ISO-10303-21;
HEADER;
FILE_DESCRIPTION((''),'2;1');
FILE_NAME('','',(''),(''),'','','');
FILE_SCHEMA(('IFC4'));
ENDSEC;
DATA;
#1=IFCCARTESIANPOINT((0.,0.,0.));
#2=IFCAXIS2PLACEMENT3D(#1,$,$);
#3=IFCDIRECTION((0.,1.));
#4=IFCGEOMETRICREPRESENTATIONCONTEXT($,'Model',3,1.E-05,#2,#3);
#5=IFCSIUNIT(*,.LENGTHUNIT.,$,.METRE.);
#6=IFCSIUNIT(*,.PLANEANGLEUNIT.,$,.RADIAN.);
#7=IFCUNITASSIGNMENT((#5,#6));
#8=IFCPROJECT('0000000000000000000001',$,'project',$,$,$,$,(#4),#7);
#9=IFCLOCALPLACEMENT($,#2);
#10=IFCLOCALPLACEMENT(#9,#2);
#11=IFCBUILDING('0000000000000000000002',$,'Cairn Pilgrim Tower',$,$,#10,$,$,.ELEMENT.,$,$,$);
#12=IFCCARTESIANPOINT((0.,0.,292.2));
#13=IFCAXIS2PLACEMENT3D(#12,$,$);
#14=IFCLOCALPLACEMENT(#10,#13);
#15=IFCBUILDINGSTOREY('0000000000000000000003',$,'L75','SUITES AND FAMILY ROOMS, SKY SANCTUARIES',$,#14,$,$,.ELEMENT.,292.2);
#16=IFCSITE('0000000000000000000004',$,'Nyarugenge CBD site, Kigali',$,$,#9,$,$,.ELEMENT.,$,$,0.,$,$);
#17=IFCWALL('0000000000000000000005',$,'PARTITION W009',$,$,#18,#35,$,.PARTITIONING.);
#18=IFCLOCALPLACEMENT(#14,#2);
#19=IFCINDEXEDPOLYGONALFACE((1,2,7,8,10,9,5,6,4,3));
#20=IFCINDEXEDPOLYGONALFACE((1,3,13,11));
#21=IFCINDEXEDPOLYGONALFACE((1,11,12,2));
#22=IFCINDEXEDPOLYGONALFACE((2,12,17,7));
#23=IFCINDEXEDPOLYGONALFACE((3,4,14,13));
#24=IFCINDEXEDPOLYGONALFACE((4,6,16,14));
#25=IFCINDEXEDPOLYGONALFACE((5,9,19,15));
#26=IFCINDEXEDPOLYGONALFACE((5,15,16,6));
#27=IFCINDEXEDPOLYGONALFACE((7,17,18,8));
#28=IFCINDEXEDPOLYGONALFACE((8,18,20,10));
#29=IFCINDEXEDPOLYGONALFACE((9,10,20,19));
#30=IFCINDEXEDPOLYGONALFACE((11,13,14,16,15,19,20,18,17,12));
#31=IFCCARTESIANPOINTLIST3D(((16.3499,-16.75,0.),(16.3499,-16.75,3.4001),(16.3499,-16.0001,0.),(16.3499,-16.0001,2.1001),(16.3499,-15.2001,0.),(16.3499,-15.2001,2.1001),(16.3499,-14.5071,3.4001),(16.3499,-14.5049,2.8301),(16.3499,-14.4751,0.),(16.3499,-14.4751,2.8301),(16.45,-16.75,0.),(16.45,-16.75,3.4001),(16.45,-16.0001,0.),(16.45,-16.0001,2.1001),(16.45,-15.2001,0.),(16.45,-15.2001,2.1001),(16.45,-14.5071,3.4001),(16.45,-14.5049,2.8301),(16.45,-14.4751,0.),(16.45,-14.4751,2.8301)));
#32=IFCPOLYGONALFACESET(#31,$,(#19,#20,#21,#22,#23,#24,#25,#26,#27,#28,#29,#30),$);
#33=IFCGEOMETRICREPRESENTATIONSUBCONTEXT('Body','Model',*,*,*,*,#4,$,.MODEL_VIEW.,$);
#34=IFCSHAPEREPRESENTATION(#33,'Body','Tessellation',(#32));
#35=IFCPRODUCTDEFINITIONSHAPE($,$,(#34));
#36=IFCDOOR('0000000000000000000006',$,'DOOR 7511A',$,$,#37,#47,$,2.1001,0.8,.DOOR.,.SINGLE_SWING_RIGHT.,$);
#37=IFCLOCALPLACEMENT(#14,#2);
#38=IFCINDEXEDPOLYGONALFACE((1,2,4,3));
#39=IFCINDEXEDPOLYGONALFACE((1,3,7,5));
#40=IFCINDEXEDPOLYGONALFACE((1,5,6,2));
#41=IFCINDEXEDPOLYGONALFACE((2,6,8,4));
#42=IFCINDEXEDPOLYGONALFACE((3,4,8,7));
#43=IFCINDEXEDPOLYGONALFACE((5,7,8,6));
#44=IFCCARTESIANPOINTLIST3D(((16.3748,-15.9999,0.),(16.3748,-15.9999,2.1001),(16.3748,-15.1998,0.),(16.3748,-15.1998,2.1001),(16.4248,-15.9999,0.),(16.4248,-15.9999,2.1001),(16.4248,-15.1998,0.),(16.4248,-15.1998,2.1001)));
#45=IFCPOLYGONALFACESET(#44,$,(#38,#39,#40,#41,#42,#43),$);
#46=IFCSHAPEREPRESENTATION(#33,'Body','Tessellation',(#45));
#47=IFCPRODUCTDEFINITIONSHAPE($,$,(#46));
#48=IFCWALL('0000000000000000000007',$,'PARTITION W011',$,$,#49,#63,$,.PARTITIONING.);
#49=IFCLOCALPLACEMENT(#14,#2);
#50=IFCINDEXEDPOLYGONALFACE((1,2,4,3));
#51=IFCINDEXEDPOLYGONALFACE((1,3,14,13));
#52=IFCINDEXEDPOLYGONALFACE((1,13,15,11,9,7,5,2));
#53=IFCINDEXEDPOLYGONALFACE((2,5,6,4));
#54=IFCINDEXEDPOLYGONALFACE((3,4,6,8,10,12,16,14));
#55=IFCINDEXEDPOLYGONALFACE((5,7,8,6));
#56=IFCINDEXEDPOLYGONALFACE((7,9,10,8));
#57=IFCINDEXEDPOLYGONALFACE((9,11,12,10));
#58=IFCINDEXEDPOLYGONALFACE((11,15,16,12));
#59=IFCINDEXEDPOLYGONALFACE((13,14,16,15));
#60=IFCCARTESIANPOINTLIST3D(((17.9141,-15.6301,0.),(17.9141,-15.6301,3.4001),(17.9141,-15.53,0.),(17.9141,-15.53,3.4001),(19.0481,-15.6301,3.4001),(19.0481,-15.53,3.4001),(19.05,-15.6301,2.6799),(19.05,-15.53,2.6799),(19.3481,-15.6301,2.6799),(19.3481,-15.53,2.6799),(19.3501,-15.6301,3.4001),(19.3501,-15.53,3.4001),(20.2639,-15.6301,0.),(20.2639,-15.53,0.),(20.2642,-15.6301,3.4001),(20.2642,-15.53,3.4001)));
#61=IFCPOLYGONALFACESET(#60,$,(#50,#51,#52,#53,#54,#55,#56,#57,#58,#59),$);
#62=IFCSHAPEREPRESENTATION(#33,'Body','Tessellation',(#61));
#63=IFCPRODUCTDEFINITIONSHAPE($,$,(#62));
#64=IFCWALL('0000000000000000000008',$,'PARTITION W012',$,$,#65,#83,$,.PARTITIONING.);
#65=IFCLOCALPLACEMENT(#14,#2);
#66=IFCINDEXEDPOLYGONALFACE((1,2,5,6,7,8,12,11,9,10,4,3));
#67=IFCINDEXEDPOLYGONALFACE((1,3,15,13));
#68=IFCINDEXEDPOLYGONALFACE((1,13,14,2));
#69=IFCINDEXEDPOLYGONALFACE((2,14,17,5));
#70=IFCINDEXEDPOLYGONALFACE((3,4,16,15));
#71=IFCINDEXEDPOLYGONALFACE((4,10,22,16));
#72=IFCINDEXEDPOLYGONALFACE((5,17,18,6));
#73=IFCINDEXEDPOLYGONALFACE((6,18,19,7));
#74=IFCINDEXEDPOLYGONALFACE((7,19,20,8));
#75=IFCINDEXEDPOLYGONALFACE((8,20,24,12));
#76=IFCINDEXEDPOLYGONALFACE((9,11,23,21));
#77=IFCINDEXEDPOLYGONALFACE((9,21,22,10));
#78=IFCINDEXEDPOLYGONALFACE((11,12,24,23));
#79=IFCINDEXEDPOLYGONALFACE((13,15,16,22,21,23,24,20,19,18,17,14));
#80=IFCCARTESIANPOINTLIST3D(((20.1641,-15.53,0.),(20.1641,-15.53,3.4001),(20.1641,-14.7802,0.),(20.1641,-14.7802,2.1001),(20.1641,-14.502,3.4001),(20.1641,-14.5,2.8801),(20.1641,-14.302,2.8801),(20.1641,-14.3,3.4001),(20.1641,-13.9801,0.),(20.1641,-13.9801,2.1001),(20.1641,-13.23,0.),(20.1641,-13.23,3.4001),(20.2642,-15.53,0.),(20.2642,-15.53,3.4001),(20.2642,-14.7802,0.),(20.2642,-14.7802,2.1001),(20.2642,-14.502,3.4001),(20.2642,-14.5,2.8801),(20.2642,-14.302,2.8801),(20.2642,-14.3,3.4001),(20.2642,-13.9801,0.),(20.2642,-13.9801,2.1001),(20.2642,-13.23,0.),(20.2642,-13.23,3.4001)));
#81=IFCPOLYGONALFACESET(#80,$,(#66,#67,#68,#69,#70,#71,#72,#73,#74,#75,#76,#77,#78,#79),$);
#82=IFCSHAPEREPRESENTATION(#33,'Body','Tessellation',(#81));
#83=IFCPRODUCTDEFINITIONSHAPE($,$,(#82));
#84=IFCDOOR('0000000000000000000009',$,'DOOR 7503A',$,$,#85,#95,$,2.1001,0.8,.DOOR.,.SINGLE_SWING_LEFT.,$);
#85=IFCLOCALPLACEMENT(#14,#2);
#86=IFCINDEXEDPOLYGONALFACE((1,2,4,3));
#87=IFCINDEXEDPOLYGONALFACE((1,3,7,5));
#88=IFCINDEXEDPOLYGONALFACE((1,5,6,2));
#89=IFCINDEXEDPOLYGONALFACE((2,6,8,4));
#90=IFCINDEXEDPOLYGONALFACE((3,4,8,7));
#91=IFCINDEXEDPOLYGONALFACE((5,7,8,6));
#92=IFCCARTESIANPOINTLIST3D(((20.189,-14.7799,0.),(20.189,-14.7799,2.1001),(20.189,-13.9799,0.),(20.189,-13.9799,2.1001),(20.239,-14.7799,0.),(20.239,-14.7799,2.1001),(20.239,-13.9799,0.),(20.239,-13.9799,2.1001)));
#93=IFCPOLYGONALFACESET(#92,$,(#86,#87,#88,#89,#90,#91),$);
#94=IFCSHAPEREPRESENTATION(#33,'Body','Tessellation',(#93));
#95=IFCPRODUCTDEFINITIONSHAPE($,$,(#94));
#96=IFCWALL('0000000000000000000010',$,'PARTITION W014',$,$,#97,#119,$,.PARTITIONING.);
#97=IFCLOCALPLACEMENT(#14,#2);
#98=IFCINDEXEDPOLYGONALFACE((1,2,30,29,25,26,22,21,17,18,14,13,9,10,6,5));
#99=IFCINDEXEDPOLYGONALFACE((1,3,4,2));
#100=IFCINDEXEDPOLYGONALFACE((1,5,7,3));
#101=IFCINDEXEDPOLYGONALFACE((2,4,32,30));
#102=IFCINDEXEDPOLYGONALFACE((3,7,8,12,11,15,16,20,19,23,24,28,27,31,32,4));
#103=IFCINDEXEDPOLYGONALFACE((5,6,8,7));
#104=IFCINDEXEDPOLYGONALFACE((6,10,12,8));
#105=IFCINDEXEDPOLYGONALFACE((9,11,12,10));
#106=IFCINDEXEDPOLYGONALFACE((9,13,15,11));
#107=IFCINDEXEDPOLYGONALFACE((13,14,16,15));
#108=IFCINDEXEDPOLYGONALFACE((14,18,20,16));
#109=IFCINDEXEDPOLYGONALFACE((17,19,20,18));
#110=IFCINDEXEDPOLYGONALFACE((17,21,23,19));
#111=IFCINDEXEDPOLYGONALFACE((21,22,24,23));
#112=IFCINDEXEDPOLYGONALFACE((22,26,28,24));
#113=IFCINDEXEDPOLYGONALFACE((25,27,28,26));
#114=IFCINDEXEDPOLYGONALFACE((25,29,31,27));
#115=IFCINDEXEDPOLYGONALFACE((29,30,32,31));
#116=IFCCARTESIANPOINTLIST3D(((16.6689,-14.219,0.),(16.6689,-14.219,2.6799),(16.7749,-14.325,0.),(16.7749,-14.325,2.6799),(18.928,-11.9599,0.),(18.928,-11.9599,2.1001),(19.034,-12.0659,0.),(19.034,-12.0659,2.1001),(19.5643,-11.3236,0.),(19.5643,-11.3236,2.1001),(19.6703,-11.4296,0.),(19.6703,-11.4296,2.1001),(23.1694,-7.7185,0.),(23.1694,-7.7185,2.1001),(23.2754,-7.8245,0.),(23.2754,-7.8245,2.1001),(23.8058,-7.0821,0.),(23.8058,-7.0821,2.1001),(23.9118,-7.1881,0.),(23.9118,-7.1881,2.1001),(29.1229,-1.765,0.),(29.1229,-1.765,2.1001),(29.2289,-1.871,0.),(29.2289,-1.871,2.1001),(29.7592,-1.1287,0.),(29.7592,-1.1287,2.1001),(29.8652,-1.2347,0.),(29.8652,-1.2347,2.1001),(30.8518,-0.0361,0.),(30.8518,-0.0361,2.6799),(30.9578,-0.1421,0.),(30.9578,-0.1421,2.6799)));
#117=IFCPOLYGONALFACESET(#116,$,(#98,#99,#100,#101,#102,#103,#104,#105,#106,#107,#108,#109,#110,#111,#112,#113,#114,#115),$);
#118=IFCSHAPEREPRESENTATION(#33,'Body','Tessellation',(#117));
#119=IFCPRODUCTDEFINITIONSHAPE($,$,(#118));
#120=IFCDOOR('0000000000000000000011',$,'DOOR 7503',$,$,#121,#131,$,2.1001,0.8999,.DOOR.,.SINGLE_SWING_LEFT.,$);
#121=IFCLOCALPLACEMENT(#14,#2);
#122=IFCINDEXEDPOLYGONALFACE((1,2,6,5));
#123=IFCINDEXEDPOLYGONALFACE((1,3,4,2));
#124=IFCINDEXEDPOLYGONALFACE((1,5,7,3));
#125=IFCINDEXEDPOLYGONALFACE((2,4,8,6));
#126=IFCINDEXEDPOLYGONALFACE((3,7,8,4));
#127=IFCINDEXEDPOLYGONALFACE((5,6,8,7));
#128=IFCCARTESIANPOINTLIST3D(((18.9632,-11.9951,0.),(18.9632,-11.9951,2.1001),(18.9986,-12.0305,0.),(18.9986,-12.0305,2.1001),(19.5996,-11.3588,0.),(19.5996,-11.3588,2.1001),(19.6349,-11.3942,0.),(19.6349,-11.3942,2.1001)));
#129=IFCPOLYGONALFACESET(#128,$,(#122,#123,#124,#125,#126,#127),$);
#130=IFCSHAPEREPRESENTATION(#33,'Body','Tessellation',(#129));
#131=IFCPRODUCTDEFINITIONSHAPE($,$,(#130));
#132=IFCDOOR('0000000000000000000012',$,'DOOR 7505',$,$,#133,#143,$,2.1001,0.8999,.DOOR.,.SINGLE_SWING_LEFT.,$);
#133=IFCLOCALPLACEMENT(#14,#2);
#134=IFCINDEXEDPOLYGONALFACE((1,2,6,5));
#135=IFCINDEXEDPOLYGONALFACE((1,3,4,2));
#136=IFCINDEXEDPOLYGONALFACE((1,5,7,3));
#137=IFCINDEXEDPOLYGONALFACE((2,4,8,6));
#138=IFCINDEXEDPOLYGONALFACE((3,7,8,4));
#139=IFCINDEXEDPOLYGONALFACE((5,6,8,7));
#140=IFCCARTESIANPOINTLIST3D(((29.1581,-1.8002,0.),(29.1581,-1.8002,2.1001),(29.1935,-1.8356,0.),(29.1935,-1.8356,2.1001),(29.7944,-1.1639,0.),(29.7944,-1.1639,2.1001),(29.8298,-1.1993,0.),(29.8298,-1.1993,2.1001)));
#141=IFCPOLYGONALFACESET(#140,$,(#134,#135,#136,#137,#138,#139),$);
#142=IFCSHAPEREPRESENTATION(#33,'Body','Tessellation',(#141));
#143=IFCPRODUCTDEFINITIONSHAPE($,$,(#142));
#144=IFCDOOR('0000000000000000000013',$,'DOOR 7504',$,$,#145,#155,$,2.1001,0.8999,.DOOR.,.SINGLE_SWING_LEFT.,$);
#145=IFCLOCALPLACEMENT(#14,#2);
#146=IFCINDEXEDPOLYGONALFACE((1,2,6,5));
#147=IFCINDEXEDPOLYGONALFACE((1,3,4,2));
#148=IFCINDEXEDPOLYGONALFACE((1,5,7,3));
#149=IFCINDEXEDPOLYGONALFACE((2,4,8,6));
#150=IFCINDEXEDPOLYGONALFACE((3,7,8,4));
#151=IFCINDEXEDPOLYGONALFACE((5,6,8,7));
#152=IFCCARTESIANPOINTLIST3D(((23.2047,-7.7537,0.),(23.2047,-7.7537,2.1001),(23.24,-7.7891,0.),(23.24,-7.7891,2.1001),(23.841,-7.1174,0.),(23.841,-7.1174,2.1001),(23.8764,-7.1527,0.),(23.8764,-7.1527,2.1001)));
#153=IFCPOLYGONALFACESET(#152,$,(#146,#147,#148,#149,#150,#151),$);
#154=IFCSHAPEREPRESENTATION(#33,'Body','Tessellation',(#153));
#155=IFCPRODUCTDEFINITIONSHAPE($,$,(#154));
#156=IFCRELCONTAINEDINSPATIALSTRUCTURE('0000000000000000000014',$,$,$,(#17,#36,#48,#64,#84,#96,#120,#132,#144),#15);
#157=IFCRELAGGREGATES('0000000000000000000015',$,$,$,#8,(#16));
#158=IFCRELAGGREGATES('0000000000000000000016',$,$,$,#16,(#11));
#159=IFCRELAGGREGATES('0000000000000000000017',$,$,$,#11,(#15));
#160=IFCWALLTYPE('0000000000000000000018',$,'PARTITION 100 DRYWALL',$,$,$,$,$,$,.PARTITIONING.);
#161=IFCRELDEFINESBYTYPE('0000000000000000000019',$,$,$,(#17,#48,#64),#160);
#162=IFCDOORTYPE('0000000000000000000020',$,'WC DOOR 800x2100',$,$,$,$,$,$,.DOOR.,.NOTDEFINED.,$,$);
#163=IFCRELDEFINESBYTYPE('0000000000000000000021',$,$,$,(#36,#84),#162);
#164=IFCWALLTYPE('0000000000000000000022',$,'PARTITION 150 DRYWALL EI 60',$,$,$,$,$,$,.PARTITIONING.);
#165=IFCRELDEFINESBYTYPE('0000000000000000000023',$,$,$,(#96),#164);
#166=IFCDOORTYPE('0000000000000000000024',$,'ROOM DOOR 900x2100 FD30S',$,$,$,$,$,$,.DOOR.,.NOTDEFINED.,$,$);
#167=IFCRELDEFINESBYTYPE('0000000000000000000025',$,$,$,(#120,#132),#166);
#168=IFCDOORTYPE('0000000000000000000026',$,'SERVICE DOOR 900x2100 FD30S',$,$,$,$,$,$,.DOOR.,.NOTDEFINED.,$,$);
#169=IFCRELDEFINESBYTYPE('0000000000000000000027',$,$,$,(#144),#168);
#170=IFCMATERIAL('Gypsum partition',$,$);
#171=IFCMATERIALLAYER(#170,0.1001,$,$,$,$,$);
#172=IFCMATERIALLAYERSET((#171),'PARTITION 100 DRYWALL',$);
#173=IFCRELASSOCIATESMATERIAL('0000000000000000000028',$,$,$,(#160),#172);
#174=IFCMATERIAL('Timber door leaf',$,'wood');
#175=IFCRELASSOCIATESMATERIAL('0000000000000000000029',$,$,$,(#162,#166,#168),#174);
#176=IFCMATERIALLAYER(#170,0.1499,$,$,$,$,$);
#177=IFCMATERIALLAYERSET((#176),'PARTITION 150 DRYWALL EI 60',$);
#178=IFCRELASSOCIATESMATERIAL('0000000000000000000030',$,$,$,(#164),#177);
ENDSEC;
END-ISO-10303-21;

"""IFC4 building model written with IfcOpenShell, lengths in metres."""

from ifc_helpers import new_model, si_unit, direction, frame, frame_2d, origin, place, context, subcontext, project, spatial, polyline, rectangle, outline, extrude, material, layer, layer_set, type_object, element, fill, save


model = new_model("IFC4")

# Units and contexts
model_context = context("Model", 3, precision=1e-05, world=origin(), true_north=direction((0.0, 1.0)))
body_context = subcontext(model_context, "Body", "Model", "MODEL_VIEW")
ifc_project = project(units=[si_unit("LENGTHUNIT", "METRE"), si_unit("PLANEANGLEUNIT", "RADIAN")], contexts=[model_context])

# Site, building, storey
site_placement = place(None, origin())
site = spatial("IfcSite", under=ifc_project, at=site_placement, Name="Nyarugenge CBD site, Kigali", CompositionType="ELEMENT", RefElevation=0.0)
building_placement = place(site_placement, origin())
building = spatial("IfcBuilding", under=site, at=building_placement, Name="Cairn Pilgrim Tower", CompositionType="ELEMENT")
storey_placement = place(building_placement, frame((0.0, 0.0, 292.2)))
storey = spatial("IfcBuildingStorey", under=building, at=storey_placement, Name="L75", Description="SUITES AND FAMILY ROOMS, SKY SANCTUARIES", CompositionType="ELEMENT", Elevation=292.2)

# Shared definitions
ifc_material_1 = material(Name="Gypsum partition")
ifc_layer_1 = layer(ifc_material_1, 0.1001)
ifc_layer_set_1 = layer_set([ifc_layer_1], Name="PARTITION 100 DRYWALL")
wall_type_1 = type_object("IfcWallType", Name="PARTITION 100 DRYWALL", PredefinedType="PARTITIONING", material=ifc_layer_set_1)

# Shared definitions
ifc_material_2 = material(Name="Timber door leaf", Category="wood")

# Wall, opening, door
wall_1_placement = place(storey_placement, frame((16.3999, -16.75, 0.0), z_axis=(0.0, 0.0, 1.0), x_axis=(0.0, 1.0, 0.0)))
wall_1 = element("IfcWall", 1, at=wall_1_placement, inside=storey, type_object=wall_type_1, Name="PARTITION W009", PredefinedType="PARTITIONING", context=body_context, shape_type="SweptSolid", body=[
    extrude(outline(polyline([(0.0, 0.0), (2.2749, 0.0), (2.2749, 2.8301), (2.2451, 2.8301), (2.2429, 3.4001), (0.0, 3.4001), (0.0, 0.0)])), frame((0.0, 0.05, 0.0), z_axis=(0.0, -1.0, 0.0), x_axis=(1.0, 0.0, 0.0)), (0.0, 0.0, 1.0), 0.1001),
])
opening_1_placement = place(wall_1_placement, frame((0.75, 0.0, 0.0)))
opening_1 = element("IfcOpeningElement", 2, at=opening_1_placement, cuts=wall_1, PredefinedType="OPENING", context=body_context, shape_type="SweptSolid", body=[
    extrude(rectangle(XDim=0.8, YDim=2.1001, at=frame_2d((0.3999, 1.05))), frame((0.0, 0.0601, 0.0), z_axis=(0.0, -1.0, 0.0), x_axis=(1.0, 0.0, 0.0)), (0.0, 0.0, 1.0), 0.1201),
])
door_type_1 = type_object("IfcDoorType", Name="WC DOOR 800x2100", OperationType="NOTDEFINED", PredefinedType="DOOR", material=ifc_material_2)
door_1_placement = place(opening_1_placement, frame((0.8, 0.0, 0.0), z_axis=(0.0, 0.0, 1.0), x_axis=(-1.0, 0.0, 0.0)))
door_1 = element("IfcDoor", 3, at=door_1_placement, inside=storey, type_object=door_type_1, Name="DOOR 7511A", OperationType="SINGLE_SWING_RIGHT", OverallHeight=2.1001, OverallWidth=0.8, PredefinedType="DOOR", context=body_context, shape_type="SweptSolid", body=[
    extrude(rectangle(XDim=0.8, YDim=2.1001, at=frame_2d((0.3999, 1.05))), frame((0.0, 0.0249, 0.0), z_axis=(0.0, -1.0, 0.0), x_axis=(1.0, 0.0, 0.0)), (0.0, 0.0, 1.0), 0.05),
])
fill(opening_1, door_1)

# Wall
wall_2_placement = place(storey_placement, frame((17.9141, -15.5801, 0.0), z_axis=(0.0, 0.0, 1.0), x_axis=(1.0, 0.0, 0.0)))
element("IfcWall", 4, at=wall_2_placement, inside=storey, type_object=wall_type_1, Name="PARTITION W011", PredefinedType="PARTITIONING", context=body_context, shape_type="SweptSolid", body=[
    extrude(outline(polyline([(0.0, 0.0), (2.3499, 0.0), (2.3501, 3.4001), (1.436, 3.4001), (1.4341, 2.6799), (1.136, 2.6799), (1.134, 3.4001), (0.0, 3.4001), (0.0, 0.0)])), frame((0.0, 0.05, 0.0), z_axis=(0.0, -1.0, 0.0), x_axis=(1.0, 0.0, 0.0)), (0.0, 0.0, 1.0), 0.1001),
])

# Wall, opening, door
wall_3_placement = place(storey_placement, frame((20.2141, -15.53, 0.0), z_axis=(0.0, 0.0, 1.0), x_axis=(0.0, 1.0, 0.0)))
wall_3 = element("IfcWall", 5, at=wall_3_placement, inside=storey, type_object=wall_type_1, Name="PARTITION W012", PredefinedType="PARTITIONING", context=body_context, shape_type="SweptSolid", body=[
    extrude(outline(polyline([(0.0, 0.0), (2.3, 0.0), (2.3, 3.4001), (1.23, 3.4001), (1.228, 2.8801), (1.03, 2.8801), (1.0281, 3.4001), (0.0, 3.4001), (0.0, 0.0)])), frame((0.0, 0.05, 0.0), z_axis=(0.0, -1.0, 0.0), x_axis=(1.0, 0.0, 0.0)), (0.0, 0.0, 1.0), 0.1001),
])
opening_2_placement = place(wall_3_placement, frame((0.75, 0.0, 0.0)))
opening_2 = element("IfcOpeningElement", 6, at=opening_2_placement, cuts=wall_3, PredefinedType="OPENING", context=body_context, shape_type="SweptSolid", body=[
    extrude(rectangle(XDim=0.8, YDim=2.1001, at=frame_2d((0.3999, 1.05))), frame((0.0, 0.0601, 0.0), z_axis=(0.0, -1.0, 0.0), x_axis=(1.0, 0.0, 0.0)), (0.0, 0.0, 1.0), 0.1201),
])
door_2_placement = place(opening_2_placement, frame((0.8, 0.0, 0.0), z_axis=(0.0, 0.0, 1.0), x_axis=(-1.0, 0.0, 0.0)))
door_2 = element("IfcDoor", 7, at=door_2_placement, inside=storey, type_object=door_type_1, Name="DOOR 7503A", OperationType="SINGLE_SWING_LEFT", OverallHeight=2.1001, OverallWidth=0.8, PredefinedType="DOOR", context=body_context, shape_type="SweptSolid", body=[
    extrude(rectangle(XDim=0.8, YDim=2.1001, at=frame_2d((0.3999, 1.05))), frame((0.0, 0.0249, 0.0), z_axis=(0.0, -1.0, 0.0), x_axis=(1.0, 0.0, 0.0)), (0.0, 0.0, 1.0), 0.05),
])
fill(opening_2, door_2)

# Wall, openings, doors
ifc_layer_2 = layer(ifc_material_1, 0.1499)
ifc_layer_set_2 = layer_set([ifc_layer_2], Name="PARTITION 150 DRYWALL EI 60")
wall_type_2 = type_object("IfcWallType", Name="PARTITION 150 DRYWALL EI 60", PredefinedType="PARTITIONING", material=ifc_layer_set_2)
wall_4_placement = place(storey_placement, frame((16.7219, -14.272, 0.0), z_axis=(0.0, 0.0, 1.0), x_axis=(0.707107, 0.707107, 0.0)))
wall_4 = element("IfcWall", 8, at=wall_4_placement, inside=storey, type_object=wall_type_2, Name="PARTITION W014", PredefinedType="PARTITIONING", context=body_context, shape_type="SweptSolid", body=[
    extrude(rectangle(XDim=20.0576, YDim=0.1499, at=frame_2d((10.0288, 0.0))), origin(), (0.0, 0.0, 1.0), 2.6799),
])
opening_3_placement = place(wall_4_placement, frame((3.1948, 0.0, 0.0)))
opening_3 = element("IfcOpeningElement", 9, at=opening_3_placement, cuts=wall_4, PredefinedType="OPENING", context=body_context, shape_type="SweptSolid", body=[
    extrude(rectangle(XDim=0.8999, YDim=2.1001, at=frame_2d((0.45, 1.05))), frame((0.0, 0.085, 0.0), z_axis=(0.0, -1.0, 0.0), x_axis=(1.0, 0.0, 0.0)), (0.0, 0.0, 1.0), 0.1699),
])
opening_4_placement = place(wall_4_placement, frame((9.1931, 0.0, 0.0)))
opening_4 = element("IfcOpeningElement", 10, at=opening_4_placement, cuts=wall_4, PredefinedType="OPENING", context=body_context, shape_type="SweptSolid", body=[
    extrude(rectangle(XDim=0.8999, YDim=2.1001, at=frame_2d((0.45, 1.05))), frame((0.0, 0.085, 0.0), z_axis=(0.0, -1.0, 0.0), x_axis=(1.0, 0.0, 0.0)), (0.0, 0.0, 1.0), 0.1699),
])
opening_5_placement = place(wall_4_placement, frame((17.6125, 0.0, 0.0)))
opening_5 = element("IfcOpeningElement", 11, at=opening_5_placement, cuts=wall_4, PredefinedType="OPENING", context=body_context, shape_type="SweptSolid", body=[
    extrude(rectangle(XDim=0.8999, YDim=2.1001, at=frame_2d((0.45, 1.05))), frame((0.0, 0.085, 0.0), z_axis=(0.0, -1.0, 0.0), x_axis=(1.0, 0.0, 0.0)), (0.0, 0.0, 1.0), 0.1699),
])
door_type_2 = type_object("IfcDoorType", Name="ROOM DOOR 900x2100 FD30S", OperationType="NOTDEFINED", PredefinedType="DOOR", material=ifc_material_2)
door_3_placement = place(opening_3_placement, frame((0.8999, 0.0, 0.0), z_axis=(0.0, 0.0, 1.0), x_axis=(-1.0, 0.0, 0.0)))
door_3 = element("IfcDoor", 12, at=door_3_placement, inside=storey, type_object=door_type_2, Name="DOOR 7503", OperationType="SINGLE_SWING_LEFT", OverallHeight=2.1001, OverallWidth=0.8999, PredefinedType="DOOR", context=body_context, shape_type="SweptSolid", body=[
    extrude(rectangle(XDim=0.8999, YDim=2.1001, at=frame_2d((0.45, 1.05))), frame((0.0, 0.0249, 0.0), z_axis=(0.0, -1.0, 0.0), x_axis=(1.0, 0.0, 0.0)), (0.0, 0.0, 1.0), 0.05),
])
fill(opening_3, door_3)
door_4_placement = place(opening_5_placement, frame((0.8999, 0.0, 0.0), z_axis=(0.0, 0.0, 1.0), x_axis=(-1.0, 0.0, 0.0)))
door_4 = element("IfcDoor", 13, at=door_4_placement, inside=storey, type_object=door_type_2, Name="DOOR 7505", OperationType="SINGLE_SWING_LEFT", OverallHeight=2.1001, OverallWidth=0.8999, PredefinedType="DOOR", context=body_context, shape_type="SweptSolid", body=[
    extrude(rectangle(XDim=0.8999, YDim=2.1001, at=frame_2d((0.45, 1.05))), frame((0.0, 0.0249, 0.0), z_axis=(0.0, -1.0, 0.0), x_axis=(1.0, 0.0, 0.0)), (0.0, 0.0, 1.0), 0.05),
])
fill(opening_5, door_4)
door_type_3 = type_object("IfcDoorType", Name="SERVICE DOOR 900x2100 FD30S", OperationType="NOTDEFINED", PredefinedType="DOOR", material=ifc_material_2)
door_5_placement = place(opening_4_placement, frame((0.8999, 0.0, 0.0), z_axis=(0.0, 0.0, 1.0), x_axis=(-1.0, 0.0, 0.0)))
door_5 = element("IfcDoor", 14, at=door_5_placement, inside=storey, type_object=door_type_3, Name="DOOR 7504", OperationType="SINGLE_SWING_LEFT", OverallHeight=2.1001, OverallWidth=0.8999, PredefinedType="DOOR", context=body_context, shape_type="SweptSolid", body=[
    extrude(rectangle(XDim=0.8999, YDim=2.1001, at=frame_2d((0.45, 1.05))), frame((0.0, 0.0249, 0.0), z_axis=(0.0, -1.0, 0.0), x_axis=(1.0, 0.0, 0.0)), (0.0, 0.0, 1.0), 0.05),
])
fill(opening_4, door_5)

save(model, "model.ifc")
